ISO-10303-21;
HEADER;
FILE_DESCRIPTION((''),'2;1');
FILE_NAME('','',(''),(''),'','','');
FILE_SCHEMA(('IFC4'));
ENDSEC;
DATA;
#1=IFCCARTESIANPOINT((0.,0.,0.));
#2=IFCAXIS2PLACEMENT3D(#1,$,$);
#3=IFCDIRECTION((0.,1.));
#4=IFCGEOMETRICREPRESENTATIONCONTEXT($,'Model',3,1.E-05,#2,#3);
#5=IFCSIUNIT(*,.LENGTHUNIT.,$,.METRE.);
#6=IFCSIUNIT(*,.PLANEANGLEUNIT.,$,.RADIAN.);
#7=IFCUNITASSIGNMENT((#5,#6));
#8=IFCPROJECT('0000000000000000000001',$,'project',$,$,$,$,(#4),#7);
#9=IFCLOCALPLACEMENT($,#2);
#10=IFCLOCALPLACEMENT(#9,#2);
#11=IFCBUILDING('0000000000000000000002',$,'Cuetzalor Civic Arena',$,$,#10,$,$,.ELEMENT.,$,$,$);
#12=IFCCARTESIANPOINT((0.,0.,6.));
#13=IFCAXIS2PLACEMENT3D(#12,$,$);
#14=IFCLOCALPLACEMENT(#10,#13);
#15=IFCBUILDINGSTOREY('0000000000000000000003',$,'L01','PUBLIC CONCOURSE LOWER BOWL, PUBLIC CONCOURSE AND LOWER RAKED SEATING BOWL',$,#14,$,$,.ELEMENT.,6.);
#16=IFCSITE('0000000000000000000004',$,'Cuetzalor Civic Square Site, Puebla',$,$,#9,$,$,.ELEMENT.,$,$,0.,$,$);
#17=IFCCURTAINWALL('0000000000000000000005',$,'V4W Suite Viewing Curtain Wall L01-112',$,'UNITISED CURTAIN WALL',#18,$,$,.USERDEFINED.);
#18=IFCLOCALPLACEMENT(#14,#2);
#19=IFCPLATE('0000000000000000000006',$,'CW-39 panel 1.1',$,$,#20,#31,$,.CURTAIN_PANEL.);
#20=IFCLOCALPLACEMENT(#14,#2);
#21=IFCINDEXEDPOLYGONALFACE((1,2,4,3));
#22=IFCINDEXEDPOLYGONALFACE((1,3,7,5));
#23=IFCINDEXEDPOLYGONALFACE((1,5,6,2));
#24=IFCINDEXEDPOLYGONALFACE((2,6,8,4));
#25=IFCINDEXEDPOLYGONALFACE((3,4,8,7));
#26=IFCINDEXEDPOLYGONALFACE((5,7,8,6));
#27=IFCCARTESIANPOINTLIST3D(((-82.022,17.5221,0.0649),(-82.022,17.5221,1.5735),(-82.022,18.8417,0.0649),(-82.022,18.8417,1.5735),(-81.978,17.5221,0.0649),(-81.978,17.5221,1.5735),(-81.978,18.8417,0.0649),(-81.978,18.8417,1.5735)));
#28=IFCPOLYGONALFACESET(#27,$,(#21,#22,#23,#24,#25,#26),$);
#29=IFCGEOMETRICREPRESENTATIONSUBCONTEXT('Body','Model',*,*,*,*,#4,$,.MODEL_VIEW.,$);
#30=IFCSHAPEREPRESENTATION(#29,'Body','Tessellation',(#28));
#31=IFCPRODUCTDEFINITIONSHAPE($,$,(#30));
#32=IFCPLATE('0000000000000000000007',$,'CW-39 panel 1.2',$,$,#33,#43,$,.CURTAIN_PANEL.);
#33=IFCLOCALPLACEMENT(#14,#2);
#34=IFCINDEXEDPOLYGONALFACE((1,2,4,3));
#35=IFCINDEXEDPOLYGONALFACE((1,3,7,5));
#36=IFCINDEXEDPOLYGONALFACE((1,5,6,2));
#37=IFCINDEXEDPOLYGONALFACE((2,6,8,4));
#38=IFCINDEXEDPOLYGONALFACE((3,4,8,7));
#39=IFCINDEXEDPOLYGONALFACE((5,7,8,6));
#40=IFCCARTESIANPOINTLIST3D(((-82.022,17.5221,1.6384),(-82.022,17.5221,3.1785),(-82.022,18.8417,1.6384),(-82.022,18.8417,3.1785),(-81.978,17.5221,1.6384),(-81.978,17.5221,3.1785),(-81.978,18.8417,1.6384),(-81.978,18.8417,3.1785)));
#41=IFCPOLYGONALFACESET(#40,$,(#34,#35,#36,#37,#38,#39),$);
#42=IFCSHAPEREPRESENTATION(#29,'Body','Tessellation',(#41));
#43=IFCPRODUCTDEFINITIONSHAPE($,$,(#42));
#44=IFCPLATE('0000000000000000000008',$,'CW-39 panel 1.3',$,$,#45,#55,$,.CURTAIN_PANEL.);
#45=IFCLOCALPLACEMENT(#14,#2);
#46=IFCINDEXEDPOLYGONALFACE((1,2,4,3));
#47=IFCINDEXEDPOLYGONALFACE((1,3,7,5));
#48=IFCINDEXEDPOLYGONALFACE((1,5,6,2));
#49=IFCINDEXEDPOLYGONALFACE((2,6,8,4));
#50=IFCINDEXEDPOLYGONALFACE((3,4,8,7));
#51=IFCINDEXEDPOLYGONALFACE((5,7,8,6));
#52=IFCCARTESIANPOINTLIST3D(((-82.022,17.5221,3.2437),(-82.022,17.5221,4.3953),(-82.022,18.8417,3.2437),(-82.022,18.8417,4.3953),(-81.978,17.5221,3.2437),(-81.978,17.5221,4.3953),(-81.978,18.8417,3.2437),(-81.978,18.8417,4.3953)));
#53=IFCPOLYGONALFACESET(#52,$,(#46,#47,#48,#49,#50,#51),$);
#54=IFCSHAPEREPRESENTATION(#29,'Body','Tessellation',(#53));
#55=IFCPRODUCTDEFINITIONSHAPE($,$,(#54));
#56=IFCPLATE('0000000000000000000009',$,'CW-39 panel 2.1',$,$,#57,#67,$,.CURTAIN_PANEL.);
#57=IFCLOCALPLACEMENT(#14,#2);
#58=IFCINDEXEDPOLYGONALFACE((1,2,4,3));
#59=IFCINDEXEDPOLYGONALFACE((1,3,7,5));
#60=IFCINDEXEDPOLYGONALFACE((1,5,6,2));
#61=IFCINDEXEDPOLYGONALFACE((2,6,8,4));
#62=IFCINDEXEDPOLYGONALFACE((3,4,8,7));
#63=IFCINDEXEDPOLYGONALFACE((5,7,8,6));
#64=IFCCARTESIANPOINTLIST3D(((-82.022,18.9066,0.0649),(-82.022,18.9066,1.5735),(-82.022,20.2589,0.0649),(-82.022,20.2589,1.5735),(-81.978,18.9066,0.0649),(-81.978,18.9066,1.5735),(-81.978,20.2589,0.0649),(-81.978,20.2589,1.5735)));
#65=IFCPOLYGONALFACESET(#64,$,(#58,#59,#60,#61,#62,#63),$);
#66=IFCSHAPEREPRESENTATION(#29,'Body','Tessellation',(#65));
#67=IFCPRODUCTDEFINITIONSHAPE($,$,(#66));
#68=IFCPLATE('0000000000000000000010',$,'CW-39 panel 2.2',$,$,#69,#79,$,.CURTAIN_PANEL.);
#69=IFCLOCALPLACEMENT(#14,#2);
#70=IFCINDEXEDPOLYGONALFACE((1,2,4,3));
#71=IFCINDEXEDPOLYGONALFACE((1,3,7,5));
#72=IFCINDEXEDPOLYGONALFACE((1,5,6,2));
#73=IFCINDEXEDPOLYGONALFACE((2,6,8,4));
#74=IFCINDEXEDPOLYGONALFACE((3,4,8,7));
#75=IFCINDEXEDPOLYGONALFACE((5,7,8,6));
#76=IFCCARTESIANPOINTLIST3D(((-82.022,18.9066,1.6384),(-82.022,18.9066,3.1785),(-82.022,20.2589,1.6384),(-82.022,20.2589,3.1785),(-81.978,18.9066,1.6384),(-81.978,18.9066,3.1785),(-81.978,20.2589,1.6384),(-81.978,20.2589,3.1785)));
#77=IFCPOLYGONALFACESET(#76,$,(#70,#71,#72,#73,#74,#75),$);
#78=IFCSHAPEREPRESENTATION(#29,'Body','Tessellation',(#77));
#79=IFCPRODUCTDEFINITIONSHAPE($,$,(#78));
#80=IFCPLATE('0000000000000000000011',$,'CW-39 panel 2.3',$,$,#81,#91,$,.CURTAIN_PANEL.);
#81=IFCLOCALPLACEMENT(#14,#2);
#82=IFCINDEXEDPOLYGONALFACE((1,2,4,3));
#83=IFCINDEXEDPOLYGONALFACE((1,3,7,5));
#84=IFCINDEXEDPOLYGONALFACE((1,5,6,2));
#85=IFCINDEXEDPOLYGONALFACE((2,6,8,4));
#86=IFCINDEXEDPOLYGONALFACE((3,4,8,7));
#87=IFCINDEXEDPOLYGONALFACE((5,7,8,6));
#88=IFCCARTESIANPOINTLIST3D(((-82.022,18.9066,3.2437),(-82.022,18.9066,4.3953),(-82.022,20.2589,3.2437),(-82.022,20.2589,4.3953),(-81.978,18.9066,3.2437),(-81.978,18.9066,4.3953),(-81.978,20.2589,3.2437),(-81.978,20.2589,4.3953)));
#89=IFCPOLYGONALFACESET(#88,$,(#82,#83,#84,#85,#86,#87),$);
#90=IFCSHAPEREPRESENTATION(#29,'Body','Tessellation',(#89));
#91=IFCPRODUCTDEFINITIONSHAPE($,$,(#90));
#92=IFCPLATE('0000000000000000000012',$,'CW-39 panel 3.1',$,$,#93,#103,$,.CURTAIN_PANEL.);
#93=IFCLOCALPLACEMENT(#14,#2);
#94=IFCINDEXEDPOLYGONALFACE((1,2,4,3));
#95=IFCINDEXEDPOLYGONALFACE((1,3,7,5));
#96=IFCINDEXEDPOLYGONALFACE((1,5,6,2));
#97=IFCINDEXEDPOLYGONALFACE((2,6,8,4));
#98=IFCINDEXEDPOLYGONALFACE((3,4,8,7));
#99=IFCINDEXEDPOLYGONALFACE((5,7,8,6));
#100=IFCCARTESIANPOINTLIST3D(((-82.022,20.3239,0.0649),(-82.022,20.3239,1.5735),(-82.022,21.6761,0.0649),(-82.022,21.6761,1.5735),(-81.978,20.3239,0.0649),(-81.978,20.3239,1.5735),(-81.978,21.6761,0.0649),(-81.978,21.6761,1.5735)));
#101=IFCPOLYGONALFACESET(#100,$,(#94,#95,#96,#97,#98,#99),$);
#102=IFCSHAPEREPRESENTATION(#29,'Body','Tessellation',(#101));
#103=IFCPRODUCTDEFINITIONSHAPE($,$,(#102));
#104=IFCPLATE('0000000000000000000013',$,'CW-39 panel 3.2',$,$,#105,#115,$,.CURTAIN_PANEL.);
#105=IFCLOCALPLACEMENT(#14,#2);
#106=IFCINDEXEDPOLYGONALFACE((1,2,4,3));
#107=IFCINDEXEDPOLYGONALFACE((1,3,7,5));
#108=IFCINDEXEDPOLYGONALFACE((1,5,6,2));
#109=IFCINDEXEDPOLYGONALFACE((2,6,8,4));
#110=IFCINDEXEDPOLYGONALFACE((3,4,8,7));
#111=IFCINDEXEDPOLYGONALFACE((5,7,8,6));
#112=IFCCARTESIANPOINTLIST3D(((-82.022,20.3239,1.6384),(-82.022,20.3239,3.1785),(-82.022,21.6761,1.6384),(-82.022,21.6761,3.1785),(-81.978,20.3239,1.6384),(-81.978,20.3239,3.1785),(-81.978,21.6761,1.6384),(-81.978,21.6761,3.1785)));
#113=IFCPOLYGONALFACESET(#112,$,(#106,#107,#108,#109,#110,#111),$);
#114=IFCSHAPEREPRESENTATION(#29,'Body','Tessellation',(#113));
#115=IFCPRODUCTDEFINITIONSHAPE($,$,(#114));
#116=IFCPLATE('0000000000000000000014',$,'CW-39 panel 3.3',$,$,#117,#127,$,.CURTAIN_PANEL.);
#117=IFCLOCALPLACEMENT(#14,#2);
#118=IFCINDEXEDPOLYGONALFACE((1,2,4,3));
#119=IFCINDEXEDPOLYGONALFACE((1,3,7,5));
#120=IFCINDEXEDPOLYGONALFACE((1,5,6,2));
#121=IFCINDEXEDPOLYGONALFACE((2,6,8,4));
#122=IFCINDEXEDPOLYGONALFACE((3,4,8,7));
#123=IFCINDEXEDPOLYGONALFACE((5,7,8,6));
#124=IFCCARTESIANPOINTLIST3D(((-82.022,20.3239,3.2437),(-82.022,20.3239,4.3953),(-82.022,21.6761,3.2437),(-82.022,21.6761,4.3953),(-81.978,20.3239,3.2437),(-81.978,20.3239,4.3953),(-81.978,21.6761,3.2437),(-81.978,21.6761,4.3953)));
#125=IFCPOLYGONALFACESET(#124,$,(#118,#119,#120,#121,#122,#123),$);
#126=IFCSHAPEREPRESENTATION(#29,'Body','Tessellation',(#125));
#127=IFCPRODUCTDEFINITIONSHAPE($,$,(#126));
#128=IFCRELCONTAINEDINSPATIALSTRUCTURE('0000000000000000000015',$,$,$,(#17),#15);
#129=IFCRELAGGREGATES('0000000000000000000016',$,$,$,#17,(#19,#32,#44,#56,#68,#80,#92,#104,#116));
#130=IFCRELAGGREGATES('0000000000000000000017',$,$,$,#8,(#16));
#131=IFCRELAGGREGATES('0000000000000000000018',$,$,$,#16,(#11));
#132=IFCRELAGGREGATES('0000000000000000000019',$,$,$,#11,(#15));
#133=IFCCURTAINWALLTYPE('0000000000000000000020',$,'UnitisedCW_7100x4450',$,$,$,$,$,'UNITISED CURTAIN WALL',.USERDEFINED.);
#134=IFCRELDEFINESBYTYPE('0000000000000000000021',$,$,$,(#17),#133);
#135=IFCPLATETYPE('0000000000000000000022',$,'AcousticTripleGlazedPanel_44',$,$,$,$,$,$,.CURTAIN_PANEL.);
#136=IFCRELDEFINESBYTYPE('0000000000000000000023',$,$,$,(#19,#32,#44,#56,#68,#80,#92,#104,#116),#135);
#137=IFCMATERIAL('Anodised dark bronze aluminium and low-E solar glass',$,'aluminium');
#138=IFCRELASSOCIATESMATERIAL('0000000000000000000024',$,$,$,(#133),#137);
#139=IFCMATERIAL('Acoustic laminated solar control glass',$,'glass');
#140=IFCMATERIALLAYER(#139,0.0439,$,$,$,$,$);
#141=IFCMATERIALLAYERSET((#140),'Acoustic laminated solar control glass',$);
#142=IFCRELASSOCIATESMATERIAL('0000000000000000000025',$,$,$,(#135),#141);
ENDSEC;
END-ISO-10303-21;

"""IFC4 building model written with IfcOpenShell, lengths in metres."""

from ifc_helpers import new_model, si_unit, direction, frame, origin, origin_2d, place, context, subcontext, project, spatial, rectangle, extrude, material, layer, layer_set, type_object, element, aggregate, save


model = new_model("IFC4")

# Units and contexts
model_context = context("Model", 3, precision=1e-05, world=origin(), true_north=direction((0.0, 1.0)))
body_context = subcontext(model_context, "Body", "Model", "MODEL_VIEW")
ifc_project = project(units=[si_unit("LENGTHUNIT", "METRE"), si_unit("PLANEANGLEUNIT", "RADIAN")], contexts=[model_context])

# Site, building, storey
site_placement = place(None, origin())
site = spatial("IfcSite", under=ifc_project, at=site_placement, Name="Cuetzalor Civic Square Site, Puebla", CompositionType="ELEMENT", RefElevation=0.0)
building_placement = place(site_placement, origin())
building = spatial("IfcBuilding", under=site, at=building_placement, Name="Cuetzalor Civic Arena", CompositionType="ELEMENT")
storey_placement = place(building_placement, frame((0.0, 0.0, 6.0)))
storey = spatial("IfcBuildingStorey", under=building, at=storey_placement, Name="L01", Description="PUBLIC CONCOURSE LOWER BOWL, PUBLIC CONCOURSE AND LOWER RAKED SEATING BOWL", CompositionType="ELEMENT", Elevation=6.0)

# Curtain wall
ifc_material_1 = material(Name="Anodised dark bronze aluminium and low-E solar glass", Category="aluminium")
curtain_wall_type = type_object("IfcCurtainWallType", Name="UnitisedCW_7100x4450", ElementType="UNITISED CURTAIN WALL", PredefinedType="USERDEFINED", material=ifc_material_1)
curtain_wall_placement = place(storey_placement, origin())
curtain_wall = element("IfcCurtainWall", 1, at=curtain_wall_placement, inside=storey, type_object=curtain_wall_type, Name="V4W Suite Viewing Curtain Wall L01-112", ObjectType="UNITISED CURTAIN WALL", PredefinedType="USERDEFINED")

# Plates
ifc_material_2 = material(Name="Acoustic laminated solar control glass", Category="glass")
ifc_layer = layer(ifc_material_2, 0.0439)
ifc_layer_set = layer_set([ifc_layer], Name="Acoustic laminated solar control glass")
plate_type = type_object("IfcPlateType", Name="AcousticTripleGlazedPanel_44", PredefinedType="CURTAIN_PANEL", material=ifc_layer_set)
plate_1_placement = place(storey_placement, frame((-82.0, 18.1819, 0.0649), z_axis=(0.0, 0.0, 1.0), x_axis=(0.0, 1.0, 0.0)))
plate_1 = element("IfcPlate", 2, at=plate_1_placement, type_object=plate_type, Name="CW-39 panel 1.1", PredefinedType="CURTAIN_PANEL", context=body_context, shape_type="SweptSolid", body=[
    extrude(rectangle(XDim=1.3196, YDim=0.0439, at=origin_2d()), origin(), (0.0, 0.0, 1.0), 1.5085),
])
plate_2_placement = place(storey_placement, frame((-82.0, 18.1819, 1.6384), z_axis=(0.0, 0.0, 1.0), x_axis=(0.0, 1.0, 0.0)))
plate_2 = element("IfcPlate", 3, at=plate_2_placement, type_object=plate_type, Name="CW-39 panel 1.2", PredefinedType="CURTAIN_PANEL", context=body_context, shape_type="SweptSolid", body=[
    extrude(rectangle(XDim=1.3196, YDim=0.0439, at=origin_2d()), origin(), (0.0, 0.0, 1.0), 1.54),
])
plate_3_placement = place(storey_placement, frame((-82.0, 18.1819, 3.2437), z_axis=(0.0, 0.0, 1.0), x_axis=(0.0, 1.0, 0.0)))
plate_3 = element("IfcPlate", 4, at=plate_3_placement, type_object=plate_type, Name="CW-39 panel 1.3", PredefinedType="CURTAIN_PANEL", context=body_context, shape_type="SweptSolid", body=[
    extrude(rectangle(XDim=1.3196, YDim=0.0439, at=origin_2d()), origin(), (0.0, 0.0, 1.0), 1.1516),
])
plate_4_placement = place(storey_placement, frame((-82.0, 19.5828, 0.0649), z_axis=(0.0, 0.0, 1.0), x_axis=(0.0, 1.0, 0.0)))
plate_4 = element("IfcPlate", 5, at=plate_4_placement, type_object=plate_type, Name="CW-39 panel 2.1", PredefinedType="CURTAIN_PANEL", context=body_context, shape_type="SweptSolid", body=[
    extrude(rectangle(XDim=1.3523, YDim=0.0439, at=origin_2d()), origin(), (0.0, 0.0, 1.0), 1.5085),
])
plate_5_placement = place(storey_placement, frame((-82.0, 19.5828, 1.6384), z_axis=(0.0, 0.0, 1.0), x_axis=(0.0, 1.0, 0.0)))
plate_5 = element("IfcPlate", 6, at=plate_5_placement, type_object=plate_type, Name="CW-39 panel 2.2", PredefinedType="CURTAIN_PANEL", context=body_context, shape_type="SweptSolid", body=[
    extrude(rectangle(XDim=1.3523, YDim=0.0439, at=origin_2d()), origin(), (0.0, 0.0, 1.0), 1.54),
])
plate_6_placement = place(storey_placement, frame((-82.0, 19.5828, 3.2437), z_axis=(0.0, 0.0, 1.0), x_axis=(0.0, 1.0, 0.0)))
plate_6 = element("IfcPlate", 7, at=plate_6_placement, type_object=plate_type, Name="CW-39 panel 2.3", PredefinedType="CURTAIN_PANEL", context=body_context, shape_type="SweptSolid", body=[
    extrude(rectangle(XDim=1.3523, YDim=0.0439, at=origin_2d()), origin(), (0.0, 0.0, 1.0), 1.1516),
])
plate_7_placement = place(storey_placement, frame((-82.0, 21.0, 0.0649), z_axis=(0.0, 0.0, 1.0), x_axis=(0.0, 1.0, 0.0)))
plate_7 = element("IfcPlate", 8, at=plate_7_placement, type_object=plate_type, Name="CW-39 panel 3.1", PredefinedType="CURTAIN_PANEL", context=body_context, shape_type="SweptSolid", body=[
    extrude(rectangle(XDim=1.3523, YDim=0.0439, at=origin_2d()), origin(), (0.0, 0.0, 1.0), 1.5085),
])
plate_8_placement = place(storey_placement, frame((-82.0, 21.0, 1.6384), z_axis=(0.0, 0.0, 1.0), x_axis=(0.0, 1.0, 0.0)))
plate_8 = element("IfcPlate", 9, at=plate_8_placement, type_object=plate_type, Name="CW-39 panel 3.2", PredefinedType="CURTAIN_PANEL", context=body_context, shape_type="SweptSolid", body=[
    extrude(rectangle(XDim=1.3523, YDim=0.0439, at=origin_2d()), origin(), (0.0, 0.0, 1.0), 1.54),
])
plate_9_placement = place(storey_placement, frame((-82.0, 21.0, 3.2437), z_axis=(0.0, 0.0, 1.0), x_axis=(0.0, 1.0, 0.0)))
plate_9 = element("IfcPlate", 10, at=plate_9_placement, type_object=plate_type, Name="CW-39 panel 3.3", PredefinedType="CURTAIN_PANEL", context=body_context, shape_type="SweptSolid", body=[
    extrude(rectangle(XDim=1.3523, YDim=0.0439, at=origin_2d()), origin(), (0.0, 0.0, 1.0), 1.1516),
])
aggregate(curtain_wall, [plate_1, plate_2, plate_3, plate_4, plate_5, plate_6, plate_7, plate_8, plate_9])

save(model, "model.ifc")
